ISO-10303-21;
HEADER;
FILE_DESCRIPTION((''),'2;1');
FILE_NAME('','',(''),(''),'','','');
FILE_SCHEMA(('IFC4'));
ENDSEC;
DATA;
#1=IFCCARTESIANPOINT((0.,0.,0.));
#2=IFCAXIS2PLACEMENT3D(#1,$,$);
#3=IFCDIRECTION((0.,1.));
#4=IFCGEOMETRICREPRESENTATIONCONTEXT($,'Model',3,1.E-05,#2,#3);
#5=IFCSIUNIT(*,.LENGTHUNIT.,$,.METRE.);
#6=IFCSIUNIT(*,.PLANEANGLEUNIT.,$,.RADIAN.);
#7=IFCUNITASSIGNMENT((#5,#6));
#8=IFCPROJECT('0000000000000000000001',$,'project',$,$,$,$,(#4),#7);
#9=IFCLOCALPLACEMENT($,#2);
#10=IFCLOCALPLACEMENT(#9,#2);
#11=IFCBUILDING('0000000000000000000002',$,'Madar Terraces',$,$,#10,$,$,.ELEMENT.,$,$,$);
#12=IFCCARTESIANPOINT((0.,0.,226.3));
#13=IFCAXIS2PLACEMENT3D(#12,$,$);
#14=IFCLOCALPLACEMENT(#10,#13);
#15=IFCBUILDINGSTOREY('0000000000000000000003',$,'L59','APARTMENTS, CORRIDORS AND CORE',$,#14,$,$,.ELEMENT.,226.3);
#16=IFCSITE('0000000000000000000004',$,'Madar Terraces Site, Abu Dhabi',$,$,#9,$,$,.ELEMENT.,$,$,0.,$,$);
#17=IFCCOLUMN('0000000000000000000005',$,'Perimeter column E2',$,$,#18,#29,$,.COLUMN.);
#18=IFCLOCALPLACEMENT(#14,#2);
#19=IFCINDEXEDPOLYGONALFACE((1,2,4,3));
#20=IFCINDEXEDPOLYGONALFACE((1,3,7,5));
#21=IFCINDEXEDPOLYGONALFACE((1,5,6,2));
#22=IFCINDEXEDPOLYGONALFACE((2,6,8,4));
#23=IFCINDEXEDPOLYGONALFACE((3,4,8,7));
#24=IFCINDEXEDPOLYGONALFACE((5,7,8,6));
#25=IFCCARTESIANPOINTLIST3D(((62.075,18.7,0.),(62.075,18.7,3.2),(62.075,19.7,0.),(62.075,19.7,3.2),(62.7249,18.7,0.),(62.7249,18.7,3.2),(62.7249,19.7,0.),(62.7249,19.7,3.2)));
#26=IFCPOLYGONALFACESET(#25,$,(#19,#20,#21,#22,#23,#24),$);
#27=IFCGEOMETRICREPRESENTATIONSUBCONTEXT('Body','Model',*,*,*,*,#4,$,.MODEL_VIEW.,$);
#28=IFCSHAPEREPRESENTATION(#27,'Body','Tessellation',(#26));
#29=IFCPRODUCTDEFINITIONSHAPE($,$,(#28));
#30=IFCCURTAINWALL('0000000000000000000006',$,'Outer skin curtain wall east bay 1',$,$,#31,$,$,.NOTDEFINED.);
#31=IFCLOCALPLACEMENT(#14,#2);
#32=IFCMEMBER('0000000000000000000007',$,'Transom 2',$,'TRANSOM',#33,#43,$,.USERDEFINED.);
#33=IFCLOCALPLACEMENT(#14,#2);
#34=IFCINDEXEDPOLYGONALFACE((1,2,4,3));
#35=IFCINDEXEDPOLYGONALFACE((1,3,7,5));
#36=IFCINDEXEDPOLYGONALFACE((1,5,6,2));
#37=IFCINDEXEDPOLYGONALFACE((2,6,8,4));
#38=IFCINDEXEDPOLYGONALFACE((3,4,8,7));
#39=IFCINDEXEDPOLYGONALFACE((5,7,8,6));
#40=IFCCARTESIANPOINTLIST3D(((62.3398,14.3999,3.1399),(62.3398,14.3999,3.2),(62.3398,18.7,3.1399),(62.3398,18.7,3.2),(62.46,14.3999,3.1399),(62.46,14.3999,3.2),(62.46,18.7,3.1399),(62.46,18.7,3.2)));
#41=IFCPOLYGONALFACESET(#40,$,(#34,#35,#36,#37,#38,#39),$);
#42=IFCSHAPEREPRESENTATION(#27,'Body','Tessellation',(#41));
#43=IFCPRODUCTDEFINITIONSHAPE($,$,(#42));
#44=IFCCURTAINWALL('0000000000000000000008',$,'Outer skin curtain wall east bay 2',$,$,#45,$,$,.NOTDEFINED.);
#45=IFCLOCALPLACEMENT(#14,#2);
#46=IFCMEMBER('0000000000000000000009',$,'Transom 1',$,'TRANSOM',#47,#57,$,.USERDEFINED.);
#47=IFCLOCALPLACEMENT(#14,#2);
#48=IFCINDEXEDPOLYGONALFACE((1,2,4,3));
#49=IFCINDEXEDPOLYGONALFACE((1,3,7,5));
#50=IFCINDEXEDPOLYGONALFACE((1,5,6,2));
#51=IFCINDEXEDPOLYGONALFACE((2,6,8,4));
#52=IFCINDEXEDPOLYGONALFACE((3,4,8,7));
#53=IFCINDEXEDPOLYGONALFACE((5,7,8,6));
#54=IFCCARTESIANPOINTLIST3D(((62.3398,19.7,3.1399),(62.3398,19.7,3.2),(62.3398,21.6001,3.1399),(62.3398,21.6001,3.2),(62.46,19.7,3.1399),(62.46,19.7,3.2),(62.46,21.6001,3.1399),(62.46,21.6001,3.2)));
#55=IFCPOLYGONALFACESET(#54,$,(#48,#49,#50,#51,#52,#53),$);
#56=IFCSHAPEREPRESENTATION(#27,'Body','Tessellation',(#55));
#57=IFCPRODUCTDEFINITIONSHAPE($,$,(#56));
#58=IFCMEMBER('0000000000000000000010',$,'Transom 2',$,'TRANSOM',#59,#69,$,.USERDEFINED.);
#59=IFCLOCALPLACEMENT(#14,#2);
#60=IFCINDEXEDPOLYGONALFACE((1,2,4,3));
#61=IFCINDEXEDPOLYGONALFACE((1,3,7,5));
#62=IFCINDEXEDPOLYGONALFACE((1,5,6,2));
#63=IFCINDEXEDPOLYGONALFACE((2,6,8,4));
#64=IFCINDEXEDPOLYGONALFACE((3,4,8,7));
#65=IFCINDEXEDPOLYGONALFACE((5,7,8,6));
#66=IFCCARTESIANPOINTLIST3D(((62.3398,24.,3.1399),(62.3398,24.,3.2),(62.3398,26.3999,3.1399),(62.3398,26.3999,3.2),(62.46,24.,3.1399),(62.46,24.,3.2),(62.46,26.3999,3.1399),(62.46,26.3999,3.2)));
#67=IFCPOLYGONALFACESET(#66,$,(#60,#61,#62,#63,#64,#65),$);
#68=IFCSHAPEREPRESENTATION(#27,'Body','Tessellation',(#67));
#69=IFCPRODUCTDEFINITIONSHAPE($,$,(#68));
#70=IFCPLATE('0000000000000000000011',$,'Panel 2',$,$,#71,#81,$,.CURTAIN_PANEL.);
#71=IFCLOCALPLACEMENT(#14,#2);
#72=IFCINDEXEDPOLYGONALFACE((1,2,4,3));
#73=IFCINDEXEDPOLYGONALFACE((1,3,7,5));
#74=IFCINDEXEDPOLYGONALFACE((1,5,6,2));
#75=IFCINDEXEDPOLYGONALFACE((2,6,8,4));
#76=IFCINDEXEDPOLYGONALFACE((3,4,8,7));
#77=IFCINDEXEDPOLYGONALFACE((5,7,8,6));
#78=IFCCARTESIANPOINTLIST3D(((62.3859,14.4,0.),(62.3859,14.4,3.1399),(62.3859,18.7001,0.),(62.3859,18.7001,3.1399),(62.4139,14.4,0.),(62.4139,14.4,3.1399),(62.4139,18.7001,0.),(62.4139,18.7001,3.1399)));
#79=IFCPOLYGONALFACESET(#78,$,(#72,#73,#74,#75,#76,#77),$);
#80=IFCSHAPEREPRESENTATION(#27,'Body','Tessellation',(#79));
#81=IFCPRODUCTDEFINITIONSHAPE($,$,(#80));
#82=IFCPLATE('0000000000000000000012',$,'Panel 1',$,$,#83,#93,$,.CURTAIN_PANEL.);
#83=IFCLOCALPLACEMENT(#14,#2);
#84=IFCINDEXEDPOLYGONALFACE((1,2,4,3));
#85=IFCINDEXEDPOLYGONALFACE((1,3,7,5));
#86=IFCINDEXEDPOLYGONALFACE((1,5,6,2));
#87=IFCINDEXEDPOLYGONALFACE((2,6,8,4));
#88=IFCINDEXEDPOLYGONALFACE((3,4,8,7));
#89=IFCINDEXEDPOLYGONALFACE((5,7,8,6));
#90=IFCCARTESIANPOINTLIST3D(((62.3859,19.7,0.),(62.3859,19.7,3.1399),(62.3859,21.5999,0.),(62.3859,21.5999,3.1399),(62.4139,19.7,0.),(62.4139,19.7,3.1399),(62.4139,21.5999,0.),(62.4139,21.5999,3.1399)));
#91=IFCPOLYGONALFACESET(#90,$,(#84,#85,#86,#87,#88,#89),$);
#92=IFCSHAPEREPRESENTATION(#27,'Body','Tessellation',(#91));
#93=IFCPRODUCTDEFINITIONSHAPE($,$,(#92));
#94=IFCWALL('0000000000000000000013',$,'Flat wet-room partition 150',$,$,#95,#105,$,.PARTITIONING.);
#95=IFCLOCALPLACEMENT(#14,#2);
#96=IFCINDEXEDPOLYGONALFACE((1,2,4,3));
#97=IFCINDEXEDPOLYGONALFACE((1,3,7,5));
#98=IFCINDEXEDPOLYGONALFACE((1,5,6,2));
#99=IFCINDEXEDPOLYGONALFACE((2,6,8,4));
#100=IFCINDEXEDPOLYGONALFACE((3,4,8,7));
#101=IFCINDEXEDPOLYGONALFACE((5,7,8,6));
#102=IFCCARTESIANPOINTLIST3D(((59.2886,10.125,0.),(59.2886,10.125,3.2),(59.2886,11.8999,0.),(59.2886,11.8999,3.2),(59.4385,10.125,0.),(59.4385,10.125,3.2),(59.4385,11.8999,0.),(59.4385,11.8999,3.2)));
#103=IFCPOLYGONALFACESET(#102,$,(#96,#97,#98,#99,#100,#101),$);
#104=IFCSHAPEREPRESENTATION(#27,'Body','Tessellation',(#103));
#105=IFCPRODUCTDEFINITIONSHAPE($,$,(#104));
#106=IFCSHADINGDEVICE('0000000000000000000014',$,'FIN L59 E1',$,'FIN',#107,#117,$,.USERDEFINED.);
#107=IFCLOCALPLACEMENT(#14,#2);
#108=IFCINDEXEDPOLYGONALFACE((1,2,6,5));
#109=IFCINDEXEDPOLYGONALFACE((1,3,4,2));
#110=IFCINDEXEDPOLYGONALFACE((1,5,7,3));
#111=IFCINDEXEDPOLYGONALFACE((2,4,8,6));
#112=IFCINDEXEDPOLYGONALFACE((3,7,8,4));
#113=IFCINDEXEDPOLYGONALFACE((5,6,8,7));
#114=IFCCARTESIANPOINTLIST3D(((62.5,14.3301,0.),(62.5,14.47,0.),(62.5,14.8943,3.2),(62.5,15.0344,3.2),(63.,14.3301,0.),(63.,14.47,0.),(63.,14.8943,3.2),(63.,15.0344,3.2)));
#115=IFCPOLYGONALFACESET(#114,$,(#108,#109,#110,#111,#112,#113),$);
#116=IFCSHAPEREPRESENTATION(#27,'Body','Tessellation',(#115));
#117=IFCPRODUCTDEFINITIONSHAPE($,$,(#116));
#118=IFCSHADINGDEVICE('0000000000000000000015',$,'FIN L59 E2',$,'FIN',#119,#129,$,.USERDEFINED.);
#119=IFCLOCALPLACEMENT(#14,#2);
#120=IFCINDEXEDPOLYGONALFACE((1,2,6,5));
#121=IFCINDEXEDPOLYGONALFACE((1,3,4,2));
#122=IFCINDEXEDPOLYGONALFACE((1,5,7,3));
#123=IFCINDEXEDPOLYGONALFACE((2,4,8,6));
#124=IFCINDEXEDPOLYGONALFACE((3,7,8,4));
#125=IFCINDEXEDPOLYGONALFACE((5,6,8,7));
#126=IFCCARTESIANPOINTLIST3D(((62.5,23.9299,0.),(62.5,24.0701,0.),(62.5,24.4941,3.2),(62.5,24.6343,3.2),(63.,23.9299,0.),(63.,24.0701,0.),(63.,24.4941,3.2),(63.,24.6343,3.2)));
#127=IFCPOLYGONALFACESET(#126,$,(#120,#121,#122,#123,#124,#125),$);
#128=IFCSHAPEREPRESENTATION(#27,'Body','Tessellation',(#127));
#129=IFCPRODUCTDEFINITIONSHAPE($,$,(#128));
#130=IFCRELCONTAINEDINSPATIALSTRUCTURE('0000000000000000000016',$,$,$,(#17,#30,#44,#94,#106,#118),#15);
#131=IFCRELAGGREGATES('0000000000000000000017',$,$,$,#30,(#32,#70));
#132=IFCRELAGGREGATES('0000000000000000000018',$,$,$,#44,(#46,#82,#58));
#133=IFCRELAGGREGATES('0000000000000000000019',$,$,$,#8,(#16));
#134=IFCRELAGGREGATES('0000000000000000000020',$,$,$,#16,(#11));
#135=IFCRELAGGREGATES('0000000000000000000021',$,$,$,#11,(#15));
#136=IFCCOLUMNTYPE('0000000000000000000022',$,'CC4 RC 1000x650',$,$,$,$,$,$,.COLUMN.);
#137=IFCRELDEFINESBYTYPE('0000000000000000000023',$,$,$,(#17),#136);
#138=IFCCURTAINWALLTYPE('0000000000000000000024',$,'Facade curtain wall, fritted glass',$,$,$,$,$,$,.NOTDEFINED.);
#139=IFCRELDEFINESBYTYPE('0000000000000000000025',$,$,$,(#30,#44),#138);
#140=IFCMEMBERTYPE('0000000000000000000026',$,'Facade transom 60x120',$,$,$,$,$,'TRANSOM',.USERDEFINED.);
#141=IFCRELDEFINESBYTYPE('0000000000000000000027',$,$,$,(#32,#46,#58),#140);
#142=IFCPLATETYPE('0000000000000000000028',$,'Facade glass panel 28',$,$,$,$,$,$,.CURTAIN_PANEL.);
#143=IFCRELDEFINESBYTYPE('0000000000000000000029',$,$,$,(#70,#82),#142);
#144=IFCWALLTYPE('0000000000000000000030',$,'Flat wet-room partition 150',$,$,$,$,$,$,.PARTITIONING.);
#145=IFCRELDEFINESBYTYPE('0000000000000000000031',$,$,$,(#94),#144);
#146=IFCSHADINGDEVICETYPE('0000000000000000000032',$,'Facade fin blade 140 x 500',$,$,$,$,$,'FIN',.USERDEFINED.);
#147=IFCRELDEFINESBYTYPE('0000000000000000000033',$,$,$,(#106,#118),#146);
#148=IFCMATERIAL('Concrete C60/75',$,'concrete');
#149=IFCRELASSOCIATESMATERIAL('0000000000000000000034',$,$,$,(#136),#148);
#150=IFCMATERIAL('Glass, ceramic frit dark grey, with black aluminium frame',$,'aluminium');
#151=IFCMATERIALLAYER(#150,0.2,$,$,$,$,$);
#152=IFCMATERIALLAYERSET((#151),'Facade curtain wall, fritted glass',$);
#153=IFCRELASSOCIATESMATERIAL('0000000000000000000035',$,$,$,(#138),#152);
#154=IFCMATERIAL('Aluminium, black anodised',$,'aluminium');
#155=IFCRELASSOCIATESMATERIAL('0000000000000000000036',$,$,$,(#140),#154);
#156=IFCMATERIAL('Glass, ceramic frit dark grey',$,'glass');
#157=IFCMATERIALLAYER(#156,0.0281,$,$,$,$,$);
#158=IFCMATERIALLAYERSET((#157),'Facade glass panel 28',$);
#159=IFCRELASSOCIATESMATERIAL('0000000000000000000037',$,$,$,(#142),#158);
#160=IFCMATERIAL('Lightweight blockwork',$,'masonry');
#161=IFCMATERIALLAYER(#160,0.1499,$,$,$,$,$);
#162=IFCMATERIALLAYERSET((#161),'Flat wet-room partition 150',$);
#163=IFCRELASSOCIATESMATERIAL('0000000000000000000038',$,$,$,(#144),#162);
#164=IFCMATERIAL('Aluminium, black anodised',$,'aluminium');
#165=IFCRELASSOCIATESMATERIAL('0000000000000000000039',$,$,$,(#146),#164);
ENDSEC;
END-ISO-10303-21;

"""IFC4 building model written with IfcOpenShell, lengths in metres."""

from ifc_helpers import new_model, si_unit, direction, frame, frame_2d, origin, origin_2d, place, context, subcontext, project, spatial, polyline, rectangle, outline, extrude, material, layer, layer_set, material_profile, profile_set, type_object, element, aggregate, save


model = new_model("IFC4")

# Units and contexts
model_context = context("Model", 3, precision=1e-05, world=origin(), true_north=direction((0.0, 1.0)))
body_context = subcontext(model_context, "Body", "Model", "MODEL_VIEW")
ifc_project = project(units=[si_unit("LENGTHUNIT", "METRE"), si_unit("PLANEANGLEUNIT", "RADIAN")], contexts=[model_context])

# Site, building, storey
site_placement = place(None, origin())
site = spatial("IfcSite", under=ifc_project, at=site_placement, Name="Madar Terraces Site, Abu Dhabi", CompositionType="ELEMENT", RefElevation=0.0)
building_placement = place(site_placement, origin())
building = spatial("IfcBuilding", under=site, at=building_placement, Name="Madar Terraces", CompositionType="ELEMENT")
storey_placement = place(building_placement, frame((0.0, 0.0, 226.3)))
storey = spatial("IfcBuildingStorey", under=building, at=storey_placement, Name="L59", Description="APARTMENTS, CORRIDORS AND CORE", CompositionType="ELEMENT", Elevation=226.3)

# Column
ifc_material_1 = material(Name="Concrete C60/75", Category="concrete")
ifc_material_profile_1 = material_profile(ifc_material_1, rectangle(XDim=1.0, YDim=0.6499, at=origin_2d()), Name="CC4 RC 1000x650")
ifc_profile_set_1 = profile_set([ifc_material_profile_1], Name="Concrete C60/75")
column_type = type_object("IfcColumnType", Name="CC4 RC 1000x650", PredefinedType="COLUMN", material=ifc_profile_set_1)
column_placement = place(storey_placement, frame((62.3999, 19.2, 0.0), z_axis=(0.0, 0.0, 1.0), x_axis=(0.0, 1.0, 0.0)))
element("IfcColumn", 1, at=column_placement, inside=storey, type_object=column_type, Name="Perimeter column E2", PredefinedType="COLUMN", context=body_context, shape_type="SweptSolid", body=[
    extrude(rectangle(XDim=1.0, YDim=0.6499, at=origin_2d()), origin(), (0.0, 0.0, 1.0), 3.2),
])

# Curtain wall, member
ifc_material_2 = material(Name="Glass, ceramic frit dark grey, with black aluminium frame", Category="aluminium")
ifc_layer_1 = layer(ifc_material_2, 0.2)
ifc_layer_set_1 = layer_set([ifc_layer_1], Name="Facade curtain wall, fritted glass")
curtain_wall_type = type_object("IfcCurtainWallType", Name="Facade curtain wall, fritted glass", PredefinedType="NOTDEFINED", material=ifc_layer_set_1)
curtain_wall_1_placement = place(storey_placement, origin())
curtain_wall_1 = element("IfcCurtainWall", 2, at=curtain_wall_1_placement, inside=storey, type_object=curtain_wall_type, Name="Outer skin curtain wall east bay 1", PredefinedType="NOTDEFINED")
ifc_material_3 = material(Name="Aluminium, black anodised", Category="aluminium")
ifc_material_profile_2 = material_profile(ifc_material_3, rectangle(XDim=0.1201, YDim=0.0601, at=origin_2d()), Name="Facade transom 60x120")
ifc_profile_set_2 = profile_set([ifc_material_profile_2], Name="Aluminium, black anodised")
member_type = type_object("IfcMemberType", Name="Facade transom 60x120", ElementType="TRANSOM", PredefinedType="USERDEFINED", material=ifc_profile_set_2)
member_1_placement = place(storey_placement, frame((62.3999, 14.3999, 3.1699), z_axis=(0.0, 1.0, 0.0), x_axis=(-1.0, 0.0, 0.0)))
member_1 = element("IfcMember", 3, at=member_1_placement, type_object=member_type, Name="Transom 2", ObjectType="TRANSOM", PredefinedType="USERDEFINED", context=body_context, shape_type="SweptSolid", body=[
    extrude(rectangle(XDim=0.1201, YDim=0.0601, at=origin_2d()), origin(), (0.0, 0.0, 1.0), 4.3),
])

# Curtain wall, members
curtain_wall_2_placement = place(storey_placement, origin())
curtain_wall_2 = element("IfcCurtainWall", 4, at=curtain_wall_2_placement, inside=storey, type_object=curtain_wall_type, Name="Outer skin curtain wall east bay 2", PredefinedType="NOTDEFINED")
member_2_placement = place(storey_placement, frame((62.3999, 19.7, 3.1699), z_axis=(0.0, 1.0, 0.0), x_axis=(-1.0, 0.0, 0.0)))
member_2 = element("IfcMember", 5, at=member_2_placement, type_object=member_type, Name="Transom 1", ObjectType="TRANSOM", PredefinedType="USERDEFINED", context=body_context, shape_type="SweptSolid", body=[
    extrude(rectangle(XDim=0.1201, YDim=0.0601, at=origin_2d()), origin(), (0.0, 0.0, 1.0), 1.9001),
])
member_3_placement = place(storey_placement, frame((62.3999, 24.0, 3.1699), z_axis=(0.0, 1.0, 0.0), x_axis=(-1.0, 0.0, 0.0)))
member_3 = element("IfcMember", 6, at=member_3_placement, type_object=member_type, Name="Transom 2", ObjectType="TRANSOM", PredefinedType="USERDEFINED", context=body_context, shape_type="SweptSolid", body=[
    extrude(rectangle(XDim=0.1201, YDim=0.0601, at=origin_2d()), origin(), (0.0, 0.0, 1.0), 2.3999),
])

# Plates
ifc_material_4 = material(Name="Glass, ceramic frit dark grey", Category="glass")
ifc_layer_2 = layer(ifc_material_4, 0.0281)
ifc_layer_set_2 = layer_set([ifc_layer_2], Name="Facade glass panel 28")
plate_type = type_object("IfcPlateType", Name="Facade glass panel 28", PredefinedType="CURTAIN_PANEL", material=ifc_layer_set_2)
plate_1_placement = place(storey_placement, frame((62.3999, 16.55, 0.0), z_axis=(0.0, 0.0, 1.0), x_axis=(0.0, 1.0, 0.0)))
plate_1 = element("IfcPlate", 7, at=plate_1_placement, type_object=plate_type, Name="Panel 2", PredefinedType="CURTAIN_PANEL", context=body_context, shape_type="SweptSolid", body=[
    extrude(rectangle(XDim=4.3, YDim=0.0281, at=origin_2d()), origin(), (0.0, 0.0, 1.0), 3.1399),
])
aggregate(curtain_wall_1, [member_1, plate_1])
plate_2_placement = place(storey_placement, frame((62.3999, 20.6499, 0.0), z_axis=(0.0, 0.0, 1.0), x_axis=(0.0, 1.0, 0.0)))
plate_2 = element("IfcPlate", 8, at=plate_2_placement, type_object=plate_type, Name="Panel 1", PredefinedType="CURTAIN_PANEL", context=body_context, shape_type="SweptSolid", body=[
    extrude(rectangle(XDim=1.8999, YDim=0.0281, at=origin_2d()), origin(), (0.0, 0.0, 1.0), 3.1399),
])
aggregate(curtain_wall_2, [member_2, plate_2, member_3])

# Wall
ifc_material_5 = material(Name="Lightweight blockwork", Category="masonry")
ifc_layer_3 = layer(ifc_material_5, 0.1499)
ifc_layer_set_3 = layer_set([ifc_layer_3], Name="Flat wet-room partition 150")
wall_type_1 = type_object("IfcWallType", Name="Flat wet-room partition 150", PredefinedType="PARTITIONING", material=ifc_layer_set_3)
wall_1_placement = place(storey_placement, frame((59.3635, 11.8999, 0.0), z_axis=(0.0, 0.0, 1.0), x_axis=(0.0, -1.0, 0.0)))
element("IfcWall", 9, at=wall_1_placement, inside=storey, type_object=wall_type_1, Name="Flat wet-room partition 150", PredefinedType="PARTITIONING", context=body_context, shape_type="SweptSolid", body=[
    extrude(rectangle(XDim=1.7749, YDim=0.1499, at=frame_2d((0.8875, 0.0))), origin(), (0.0, 0.0, 1.0), 3.2),
])

# Shading devices
ifc_material_6 = material(Name="Aluminium, black anodised", Category="aluminium")
shading_device_type = type_object("IfcShadingDeviceType", Name="Facade fin blade 140 x 500", ElementType="FIN", PredefinedType="USERDEFINED", material=ifc_material_6)
shading_device_1_placement = place(storey_placement, frame((62.75, 14.3301, 0.0), z_axis=(0.0, 0.0, 1.0), x_axis=(0.0, 1.0, 0.0)))
element("IfcShadingDevice", 10, at=shading_device_1_placement, inside=storey, type_object=shading_device_type, Name="FIN L59 E1", ObjectType="FIN", PredefinedType="USERDEFINED", context=body_context, shape_type="SweptSolid", body=[
    extrude(outline(polyline([(0.0, 0.0), (0.1399, 0.0), (0.7043, 3.2), (0.5642, 3.2), (0.0, 0.0)])), frame((0.0, 0.25, 0.0), z_axis=(0.0, -1.0, 0.0), x_axis=(1.0, 0.0, 0.0)), (0.0, 0.0, 1.0), 0.5),
])
shading_device_2_placement = place(storey_placement, frame((62.75, 23.9299, 0.0), z_axis=(0.0, 0.0, 1.0), x_axis=(0.0, 1.0, 0.0)))
element("IfcShadingDevice", 11, at=shading_device_2_placement, inside=storey, type_object=shading_device_type, Name="FIN L59 E2", ObjectType="FIN", PredefinedType="USERDEFINED", context=body_context, shape_type="SweptSolid", body=[
    extrude(outline(polyline([(0.0, 0.0), (0.1401, 0.0), (0.7043, 3.2), (0.5642, 3.2), (0.0, 0.0)])), frame((0.0, 0.25, 0.0), z_axis=(0.0, -1.0, 0.0), x_axis=(1.0, 0.0, 0.0)), (0.0, 0.0, 1.0), 0.5),
])

save(model, "model.ifc")
